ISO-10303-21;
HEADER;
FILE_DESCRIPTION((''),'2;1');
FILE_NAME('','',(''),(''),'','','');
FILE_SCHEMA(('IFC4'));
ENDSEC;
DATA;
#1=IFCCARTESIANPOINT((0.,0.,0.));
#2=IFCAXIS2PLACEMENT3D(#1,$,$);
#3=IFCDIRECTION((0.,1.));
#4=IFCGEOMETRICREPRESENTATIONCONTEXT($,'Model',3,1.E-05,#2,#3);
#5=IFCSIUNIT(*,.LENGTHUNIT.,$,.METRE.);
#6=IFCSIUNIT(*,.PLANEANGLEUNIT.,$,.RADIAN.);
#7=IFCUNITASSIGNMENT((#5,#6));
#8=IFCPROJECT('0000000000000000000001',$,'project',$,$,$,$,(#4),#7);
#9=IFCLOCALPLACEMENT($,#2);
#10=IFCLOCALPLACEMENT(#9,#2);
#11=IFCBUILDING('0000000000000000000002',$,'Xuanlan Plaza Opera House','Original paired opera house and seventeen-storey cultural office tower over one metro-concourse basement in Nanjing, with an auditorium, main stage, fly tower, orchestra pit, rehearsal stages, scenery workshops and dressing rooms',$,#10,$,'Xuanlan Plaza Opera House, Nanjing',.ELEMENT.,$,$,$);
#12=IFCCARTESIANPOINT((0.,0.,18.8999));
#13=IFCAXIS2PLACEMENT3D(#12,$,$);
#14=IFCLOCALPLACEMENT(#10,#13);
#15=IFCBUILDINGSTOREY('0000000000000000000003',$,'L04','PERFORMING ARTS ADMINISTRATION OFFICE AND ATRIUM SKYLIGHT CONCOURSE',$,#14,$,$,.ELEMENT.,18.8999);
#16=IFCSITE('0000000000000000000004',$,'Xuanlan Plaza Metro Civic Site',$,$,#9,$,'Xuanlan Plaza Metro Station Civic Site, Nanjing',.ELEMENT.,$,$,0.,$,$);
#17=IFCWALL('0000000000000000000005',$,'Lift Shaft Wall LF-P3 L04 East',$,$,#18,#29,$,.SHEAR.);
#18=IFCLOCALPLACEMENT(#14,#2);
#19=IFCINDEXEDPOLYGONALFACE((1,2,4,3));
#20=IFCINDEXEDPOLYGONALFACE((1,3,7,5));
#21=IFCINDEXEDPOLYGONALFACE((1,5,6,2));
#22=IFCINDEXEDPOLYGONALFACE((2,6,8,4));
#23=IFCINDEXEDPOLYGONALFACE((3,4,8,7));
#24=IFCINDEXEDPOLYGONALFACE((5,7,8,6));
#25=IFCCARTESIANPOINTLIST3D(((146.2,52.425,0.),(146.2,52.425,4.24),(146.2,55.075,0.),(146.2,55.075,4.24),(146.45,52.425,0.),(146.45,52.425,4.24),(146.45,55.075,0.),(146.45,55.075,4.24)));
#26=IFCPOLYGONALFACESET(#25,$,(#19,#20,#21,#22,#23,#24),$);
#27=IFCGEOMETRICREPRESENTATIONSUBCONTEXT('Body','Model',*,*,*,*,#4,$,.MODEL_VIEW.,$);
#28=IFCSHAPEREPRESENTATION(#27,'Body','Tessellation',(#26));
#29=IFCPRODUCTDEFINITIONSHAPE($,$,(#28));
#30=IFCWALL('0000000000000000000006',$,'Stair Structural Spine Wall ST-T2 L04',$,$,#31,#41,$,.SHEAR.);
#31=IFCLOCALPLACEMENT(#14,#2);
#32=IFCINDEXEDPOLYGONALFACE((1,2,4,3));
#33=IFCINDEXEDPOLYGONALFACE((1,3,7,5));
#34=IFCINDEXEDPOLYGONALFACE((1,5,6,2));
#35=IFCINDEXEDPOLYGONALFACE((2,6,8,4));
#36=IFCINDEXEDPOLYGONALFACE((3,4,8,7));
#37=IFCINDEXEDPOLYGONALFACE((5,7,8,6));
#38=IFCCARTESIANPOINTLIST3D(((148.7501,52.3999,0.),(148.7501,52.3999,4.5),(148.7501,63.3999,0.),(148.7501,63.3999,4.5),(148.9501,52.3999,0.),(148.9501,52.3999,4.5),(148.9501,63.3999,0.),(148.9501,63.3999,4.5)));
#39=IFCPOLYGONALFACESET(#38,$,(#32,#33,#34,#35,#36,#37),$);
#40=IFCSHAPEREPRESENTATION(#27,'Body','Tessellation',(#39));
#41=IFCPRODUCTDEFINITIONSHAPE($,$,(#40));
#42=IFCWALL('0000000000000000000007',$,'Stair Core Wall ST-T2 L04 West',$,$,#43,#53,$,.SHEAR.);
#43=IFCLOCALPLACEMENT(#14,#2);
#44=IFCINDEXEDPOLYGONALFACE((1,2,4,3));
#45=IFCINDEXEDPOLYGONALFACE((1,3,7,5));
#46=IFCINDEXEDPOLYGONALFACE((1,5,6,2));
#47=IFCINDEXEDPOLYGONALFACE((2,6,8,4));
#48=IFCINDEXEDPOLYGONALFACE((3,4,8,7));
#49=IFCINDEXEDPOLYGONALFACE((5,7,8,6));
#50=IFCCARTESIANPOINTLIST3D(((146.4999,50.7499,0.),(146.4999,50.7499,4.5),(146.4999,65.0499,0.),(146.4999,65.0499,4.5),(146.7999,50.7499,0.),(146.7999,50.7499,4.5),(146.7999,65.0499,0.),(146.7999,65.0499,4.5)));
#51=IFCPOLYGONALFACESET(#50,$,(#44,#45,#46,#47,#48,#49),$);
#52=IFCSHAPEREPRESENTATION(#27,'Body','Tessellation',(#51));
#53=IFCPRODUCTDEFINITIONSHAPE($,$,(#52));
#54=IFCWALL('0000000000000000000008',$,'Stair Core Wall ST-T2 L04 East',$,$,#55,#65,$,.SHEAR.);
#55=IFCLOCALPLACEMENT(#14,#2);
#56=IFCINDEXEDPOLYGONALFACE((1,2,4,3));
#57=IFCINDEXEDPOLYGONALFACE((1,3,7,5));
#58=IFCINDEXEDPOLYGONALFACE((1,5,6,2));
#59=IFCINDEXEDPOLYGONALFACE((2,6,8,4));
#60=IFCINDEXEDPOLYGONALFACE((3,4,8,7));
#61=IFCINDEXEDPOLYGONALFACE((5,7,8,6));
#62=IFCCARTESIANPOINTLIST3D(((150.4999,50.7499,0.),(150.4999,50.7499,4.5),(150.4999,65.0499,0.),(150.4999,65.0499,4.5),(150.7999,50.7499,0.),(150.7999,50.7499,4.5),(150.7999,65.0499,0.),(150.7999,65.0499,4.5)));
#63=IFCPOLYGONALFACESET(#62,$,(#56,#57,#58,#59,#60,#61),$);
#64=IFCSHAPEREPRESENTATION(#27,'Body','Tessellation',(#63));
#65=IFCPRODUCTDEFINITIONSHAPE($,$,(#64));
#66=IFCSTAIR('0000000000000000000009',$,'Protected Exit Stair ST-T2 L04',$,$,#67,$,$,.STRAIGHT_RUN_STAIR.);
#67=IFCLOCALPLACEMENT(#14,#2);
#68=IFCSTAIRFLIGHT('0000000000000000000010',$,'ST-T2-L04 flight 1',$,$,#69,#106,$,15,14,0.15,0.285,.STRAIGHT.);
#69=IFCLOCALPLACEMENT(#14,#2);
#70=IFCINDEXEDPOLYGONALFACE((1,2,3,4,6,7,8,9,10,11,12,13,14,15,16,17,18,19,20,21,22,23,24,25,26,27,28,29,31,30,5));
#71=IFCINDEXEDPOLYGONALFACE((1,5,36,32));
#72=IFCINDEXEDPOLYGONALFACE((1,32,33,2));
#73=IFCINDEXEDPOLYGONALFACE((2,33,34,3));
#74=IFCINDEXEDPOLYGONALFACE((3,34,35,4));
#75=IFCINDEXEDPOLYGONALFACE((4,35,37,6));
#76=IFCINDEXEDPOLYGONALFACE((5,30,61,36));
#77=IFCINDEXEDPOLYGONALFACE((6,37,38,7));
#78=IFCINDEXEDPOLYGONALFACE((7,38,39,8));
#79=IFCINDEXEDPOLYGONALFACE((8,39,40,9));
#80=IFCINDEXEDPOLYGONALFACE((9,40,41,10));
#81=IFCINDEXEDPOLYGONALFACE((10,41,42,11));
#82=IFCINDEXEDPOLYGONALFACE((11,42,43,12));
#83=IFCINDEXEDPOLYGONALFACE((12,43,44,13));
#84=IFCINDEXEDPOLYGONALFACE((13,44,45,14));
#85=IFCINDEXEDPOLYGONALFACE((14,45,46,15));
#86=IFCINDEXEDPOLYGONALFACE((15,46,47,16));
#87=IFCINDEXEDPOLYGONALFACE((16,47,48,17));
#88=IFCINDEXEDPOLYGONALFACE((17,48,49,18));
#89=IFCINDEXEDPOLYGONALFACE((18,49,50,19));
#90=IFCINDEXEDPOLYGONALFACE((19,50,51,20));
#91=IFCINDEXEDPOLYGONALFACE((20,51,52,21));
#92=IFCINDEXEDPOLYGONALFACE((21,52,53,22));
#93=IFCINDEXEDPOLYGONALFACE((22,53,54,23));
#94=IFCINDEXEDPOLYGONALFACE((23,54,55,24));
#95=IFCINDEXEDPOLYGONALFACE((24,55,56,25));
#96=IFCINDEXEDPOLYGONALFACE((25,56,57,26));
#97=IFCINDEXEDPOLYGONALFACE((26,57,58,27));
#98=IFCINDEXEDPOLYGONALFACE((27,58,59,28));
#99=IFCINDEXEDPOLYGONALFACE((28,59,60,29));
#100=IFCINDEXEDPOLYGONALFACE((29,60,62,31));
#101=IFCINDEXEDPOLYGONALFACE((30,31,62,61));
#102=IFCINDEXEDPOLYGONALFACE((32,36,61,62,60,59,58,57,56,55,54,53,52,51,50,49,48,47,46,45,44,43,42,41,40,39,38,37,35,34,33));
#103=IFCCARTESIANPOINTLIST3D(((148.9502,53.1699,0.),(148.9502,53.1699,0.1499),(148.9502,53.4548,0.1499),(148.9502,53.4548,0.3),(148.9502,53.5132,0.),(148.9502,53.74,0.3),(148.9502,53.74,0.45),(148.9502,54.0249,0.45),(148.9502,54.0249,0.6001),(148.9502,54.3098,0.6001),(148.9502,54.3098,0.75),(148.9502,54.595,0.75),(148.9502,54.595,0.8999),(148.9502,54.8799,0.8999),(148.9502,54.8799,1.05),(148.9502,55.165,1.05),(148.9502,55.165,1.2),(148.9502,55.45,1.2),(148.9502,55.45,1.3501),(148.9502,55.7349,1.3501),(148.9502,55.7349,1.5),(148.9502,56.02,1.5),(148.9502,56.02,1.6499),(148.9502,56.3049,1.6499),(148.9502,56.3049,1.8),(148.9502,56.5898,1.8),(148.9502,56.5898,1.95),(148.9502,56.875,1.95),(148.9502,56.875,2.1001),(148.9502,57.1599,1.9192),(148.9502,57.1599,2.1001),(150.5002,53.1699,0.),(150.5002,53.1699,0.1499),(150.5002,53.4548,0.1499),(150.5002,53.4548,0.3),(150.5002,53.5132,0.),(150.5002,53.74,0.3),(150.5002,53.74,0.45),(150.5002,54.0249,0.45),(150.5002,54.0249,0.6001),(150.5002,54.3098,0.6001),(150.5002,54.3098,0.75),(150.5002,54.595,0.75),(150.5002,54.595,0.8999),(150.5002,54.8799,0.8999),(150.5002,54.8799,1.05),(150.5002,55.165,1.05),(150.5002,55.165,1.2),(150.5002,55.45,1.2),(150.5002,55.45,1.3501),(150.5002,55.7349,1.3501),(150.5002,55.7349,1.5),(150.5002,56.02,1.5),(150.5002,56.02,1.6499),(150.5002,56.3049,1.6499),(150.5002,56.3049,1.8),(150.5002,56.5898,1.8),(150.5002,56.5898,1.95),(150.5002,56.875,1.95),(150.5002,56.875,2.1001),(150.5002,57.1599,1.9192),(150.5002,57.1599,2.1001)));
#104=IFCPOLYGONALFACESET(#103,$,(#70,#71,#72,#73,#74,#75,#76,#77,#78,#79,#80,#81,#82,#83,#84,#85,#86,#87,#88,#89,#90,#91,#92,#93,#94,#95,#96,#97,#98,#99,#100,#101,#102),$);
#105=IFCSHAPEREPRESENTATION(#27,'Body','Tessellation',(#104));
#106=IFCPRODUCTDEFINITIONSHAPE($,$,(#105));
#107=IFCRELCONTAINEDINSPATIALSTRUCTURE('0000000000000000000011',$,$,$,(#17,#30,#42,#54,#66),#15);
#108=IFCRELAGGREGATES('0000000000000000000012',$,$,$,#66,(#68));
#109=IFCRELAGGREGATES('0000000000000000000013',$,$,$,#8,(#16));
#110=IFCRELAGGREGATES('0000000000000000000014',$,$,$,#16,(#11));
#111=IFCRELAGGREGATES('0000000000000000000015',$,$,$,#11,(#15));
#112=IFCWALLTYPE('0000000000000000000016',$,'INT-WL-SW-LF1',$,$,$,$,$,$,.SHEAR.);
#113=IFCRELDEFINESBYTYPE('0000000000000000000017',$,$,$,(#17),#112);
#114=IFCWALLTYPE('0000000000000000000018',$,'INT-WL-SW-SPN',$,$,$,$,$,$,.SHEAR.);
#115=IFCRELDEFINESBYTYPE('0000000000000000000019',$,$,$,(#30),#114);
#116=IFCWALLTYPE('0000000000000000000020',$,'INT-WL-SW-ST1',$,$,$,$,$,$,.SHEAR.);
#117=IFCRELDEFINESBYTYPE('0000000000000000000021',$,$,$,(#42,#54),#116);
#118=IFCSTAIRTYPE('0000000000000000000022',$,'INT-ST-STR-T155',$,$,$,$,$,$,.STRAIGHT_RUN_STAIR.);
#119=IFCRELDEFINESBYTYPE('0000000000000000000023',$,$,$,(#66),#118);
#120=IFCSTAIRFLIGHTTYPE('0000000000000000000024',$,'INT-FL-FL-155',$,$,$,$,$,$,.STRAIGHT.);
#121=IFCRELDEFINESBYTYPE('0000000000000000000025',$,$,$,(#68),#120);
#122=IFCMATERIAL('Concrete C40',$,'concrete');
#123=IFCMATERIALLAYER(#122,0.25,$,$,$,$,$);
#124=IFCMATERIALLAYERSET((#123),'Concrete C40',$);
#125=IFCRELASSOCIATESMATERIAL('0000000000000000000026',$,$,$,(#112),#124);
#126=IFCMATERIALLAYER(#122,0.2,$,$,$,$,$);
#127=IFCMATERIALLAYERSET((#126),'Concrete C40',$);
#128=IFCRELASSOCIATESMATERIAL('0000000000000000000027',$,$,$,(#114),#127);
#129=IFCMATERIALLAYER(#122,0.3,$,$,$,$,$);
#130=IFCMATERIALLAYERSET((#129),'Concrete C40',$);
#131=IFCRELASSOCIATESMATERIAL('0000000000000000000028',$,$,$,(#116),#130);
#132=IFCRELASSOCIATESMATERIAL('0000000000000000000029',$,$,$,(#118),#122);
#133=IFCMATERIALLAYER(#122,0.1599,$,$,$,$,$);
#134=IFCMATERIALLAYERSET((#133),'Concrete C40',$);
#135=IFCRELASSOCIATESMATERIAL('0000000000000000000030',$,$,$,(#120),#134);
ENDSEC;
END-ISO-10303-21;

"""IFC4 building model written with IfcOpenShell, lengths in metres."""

from ifc_helpers import new_model, si_unit, direction, frame, frame_2d, origin, place, context, subcontext, project, spatial, polyline, rectangle, outline, extrude, material, layer, layer_set, type_object, element, aggregate, save


model = new_model("IFC4")

# Units and contexts
model_context = context("Model", 3, precision=1e-05, world=origin(), true_north=direction((0.0, 1.0)))
body_context = subcontext(model_context, "Body", "Model", "MODEL_VIEW")
ifc_project = project(units=[si_unit("LENGTHUNIT", "METRE"), si_unit("PLANEANGLEUNIT", "RADIAN")], contexts=[model_context])

# Site, building, storey
site_placement = place(None, origin())
site = spatial("IfcSite", under=ifc_project, at=site_placement, Name="Xuanlan Plaza Metro Civic Site", LongName="Xuanlan Plaza Metro Station Civic Site, Nanjing", CompositionType="ELEMENT", RefElevation=0.0)
building_placement = place(site_placement, origin())
building = spatial("IfcBuilding", under=site, at=building_placement, Name="Xuanlan Plaza Opera House", Description="Original paired opera house and seventeen-storey cultural office tower over one metro-concourse basement in Nanjing, with an auditorium, main stage, fly tower, orchestra pit, rehearsal stages, scenery workshops and dressing rooms", LongName="Xuanlan Plaza Opera House, Nanjing", CompositionType="ELEMENT")
storey_placement = place(building_placement, frame((0.0, 0.0, 18.8999)))
storey = spatial("IfcBuildingStorey", under=building, at=storey_placement, Name="L04", Description="PERFORMING ARTS ADMINISTRATION OFFICE AND ATRIUM SKYLIGHT CONCOURSE", CompositionType="ELEMENT", Elevation=18.8999)

# Shared definitions
ifc_material_1 = material(Name="Concrete C40", Category="concrete")

# Shared definitions
ifc_layer_1 = layer(ifc_material_1, 0.25)
ifc_layer_set_1 = layer_set([ifc_layer_1], Name="Concrete C40")
wall_type_1 = type_object("IfcWallType", Name="INT-WL-SW-LF1", PredefinedType="SHEAR", material=ifc_layer_set_1)

# Walls
wall_1_placement = place(storey_placement, frame((146.325, 52.425, 0.0), z_axis=(0.0, 0.0, 1.0), x_axis=(0.0, 1.0, 0.0)))
element("IfcWall", 1, at=wall_1_placement, inside=storey, type_object=wall_type_1, Name="Lift Shaft Wall LF-P3 L04 East", PredefinedType="SHEAR", context=body_context, shape_type="SweptSolid", body=[
    extrude(rectangle(XDim=2.6499, YDim=0.25, at=frame_2d((1.325, 0.0))), origin(), (0.0, 0.0, 1.0), 4.24),
])
ifc_layer_2 = layer(ifc_material_1, 0.2)
ifc_layer_set_2 = layer_set([ifc_layer_2], Name="Concrete C40")
wall_type_2 = type_object("IfcWallType", Name="INT-WL-SW-SPN", PredefinedType="SHEAR", material=ifc_layer_set_2)
wall_2_placement = place(storey_placement, frame((148.8501, 52.3999, 0.0), z_axis=(0.0, 0.0, 1.0), x_axis=(0.0, 1.0, 0.0)))
element("IfcWall", 2, at=wall_2_placement, inside=storey, type_object=wall_type_2, Name="Stair Structural Spine Wall ST-T2 L04", PredefinedType="SHEAR", context=body_context, shape_type="SweptSolid", body=[
    extrude(rectangle(XDim=11.0, YDim=0.2, at=frame_2d((5.5, 0.0))), origin(), (0.0, 0.0, 1.0), 4.5),
])

# Shared definitions
ifc_layer_3 = layer(ifc_material_1, 0.3)
ifc_layer_set_3 = layer_set([ifc_layer_3], Name="Concrete C40")
wall_type_3 = type_object("IfcWallType", Name="INT-WL-SW-ST1", PredefinedType="SHEAR", material=ifc_layer_set_3)

# Walls
for number, where, z_axis, x_axis, name in (
    (3, (146.6499, 50.75, 0.0), (0.0, 0.0, 1.0), (0.0, 1.0, 0.0), "Stair Core Wall ST-T2 L04 West"),
    (4, (150.6499, 50.75, 0.0), (0.0, 0.0, 1.0), (0.0, 1.0, 0.0), "Stair Core Wall ST-T2 L04 East"),
):
    element("IfcWall", number, at=place(storey_placement, frame(where, z_axis=z_axis, x_axis=x_axis)), inside=storey, type_object=wall_type_3, Name=name, PredefinedType="SHEAR", context=body_context, shape_type="SweptSolid", body=[
        extrude(rectangle(XDim=14.3, YDim=0.3, at=frame_2d((7.1499, 0.0))), origin(), (0.0, 0.0, 1.0), 4.5),
    ])

# Stair, stair flight
stair_type = type_object("IfcStairType", Name="INT-ST-STR-T155", PredefinedType="STRAIGHT_RUN_STAIR", material=ifc_material_1)
stair_placement = place(storey_placement, origin())
stair = element("IfcStair", 5, at=stair_placement, inside=storey, type_object=stair_type, Name="Protected Exit Stair ST-T2 L04", PredefinedType="STRAIGHT_RUN_STAIR")
ifc_layer_4 = layer(ifc_material_1, 0.1599)
ifc_layer_set_4 = layer_set([ifc_layer_4], Name="Concrete C40")
stair_flight_type = type_object("IfcStairFlightType", Name="INT-FL-FL-155", PredefinedType="STRAIGHT", material=ifc_layer_set_4)
stair_flight_placement = place(storey_placement, frame((149.7251, 53.1699, 0.0), z_axis=(0.0, 0.0, 1.0), x_axis=(0.0, 1.0, 0.0)))
stair_flight = element("IfcStairFlight", 6, at=stair_flight_placement, type_object=stair_flight_type, Name="ST-T2-L04 flight 1", NumberOfRisers=15, NumberOfTreads=14, PredefinedType="STRAIGHT", RiserHeight=0.15, TreadLength=0.285, context=body_context, shape_type="SweptSolid", body=[
    extrude(outline(polyline([(0.0, 0.0), (0.0, 0.1499), (0.2849, 0.1499), (0.2849, 0.3), (0.5701, 0.3), (0.5701, 0.45), (0.855, 0.45), (0.855, 0.6001), (1.1399, 0.6001), (1.1399, 0.75), (1.425, 0.75), (1.425, 0.8999), (1.71, 0.8999), (1.71, 1.05), (1.9951, 1.05), (1.9951, 1.2), (2.28, 1.2), (2.28, 1.3501), (2.5649, 1.3501), (2.5649, 1.5), (2.8501, 1.5), (2.8501, 1.6499), (3.135, 1.6499), (3.135, 1.8), (3.4199, 1.8), (3.4199, 1.95), (3.7051, 1.95), (3.7051, 2.1001), (3.99, 2.1001), (3.99, 2.25), (3.99, 1.9192), (0.3433, 0.0), (0.0, 0.0)])), frame((0.0, 0.7749, 0.0), z_axis=(0.0, -1.0, 0.0), x_axis=(1.0, 0.0, 0.0)), (0.0, 0.0, 1.0), 1.55),
])
aggregate(stair, [stair_flight])

save(model, "model.ifc")
